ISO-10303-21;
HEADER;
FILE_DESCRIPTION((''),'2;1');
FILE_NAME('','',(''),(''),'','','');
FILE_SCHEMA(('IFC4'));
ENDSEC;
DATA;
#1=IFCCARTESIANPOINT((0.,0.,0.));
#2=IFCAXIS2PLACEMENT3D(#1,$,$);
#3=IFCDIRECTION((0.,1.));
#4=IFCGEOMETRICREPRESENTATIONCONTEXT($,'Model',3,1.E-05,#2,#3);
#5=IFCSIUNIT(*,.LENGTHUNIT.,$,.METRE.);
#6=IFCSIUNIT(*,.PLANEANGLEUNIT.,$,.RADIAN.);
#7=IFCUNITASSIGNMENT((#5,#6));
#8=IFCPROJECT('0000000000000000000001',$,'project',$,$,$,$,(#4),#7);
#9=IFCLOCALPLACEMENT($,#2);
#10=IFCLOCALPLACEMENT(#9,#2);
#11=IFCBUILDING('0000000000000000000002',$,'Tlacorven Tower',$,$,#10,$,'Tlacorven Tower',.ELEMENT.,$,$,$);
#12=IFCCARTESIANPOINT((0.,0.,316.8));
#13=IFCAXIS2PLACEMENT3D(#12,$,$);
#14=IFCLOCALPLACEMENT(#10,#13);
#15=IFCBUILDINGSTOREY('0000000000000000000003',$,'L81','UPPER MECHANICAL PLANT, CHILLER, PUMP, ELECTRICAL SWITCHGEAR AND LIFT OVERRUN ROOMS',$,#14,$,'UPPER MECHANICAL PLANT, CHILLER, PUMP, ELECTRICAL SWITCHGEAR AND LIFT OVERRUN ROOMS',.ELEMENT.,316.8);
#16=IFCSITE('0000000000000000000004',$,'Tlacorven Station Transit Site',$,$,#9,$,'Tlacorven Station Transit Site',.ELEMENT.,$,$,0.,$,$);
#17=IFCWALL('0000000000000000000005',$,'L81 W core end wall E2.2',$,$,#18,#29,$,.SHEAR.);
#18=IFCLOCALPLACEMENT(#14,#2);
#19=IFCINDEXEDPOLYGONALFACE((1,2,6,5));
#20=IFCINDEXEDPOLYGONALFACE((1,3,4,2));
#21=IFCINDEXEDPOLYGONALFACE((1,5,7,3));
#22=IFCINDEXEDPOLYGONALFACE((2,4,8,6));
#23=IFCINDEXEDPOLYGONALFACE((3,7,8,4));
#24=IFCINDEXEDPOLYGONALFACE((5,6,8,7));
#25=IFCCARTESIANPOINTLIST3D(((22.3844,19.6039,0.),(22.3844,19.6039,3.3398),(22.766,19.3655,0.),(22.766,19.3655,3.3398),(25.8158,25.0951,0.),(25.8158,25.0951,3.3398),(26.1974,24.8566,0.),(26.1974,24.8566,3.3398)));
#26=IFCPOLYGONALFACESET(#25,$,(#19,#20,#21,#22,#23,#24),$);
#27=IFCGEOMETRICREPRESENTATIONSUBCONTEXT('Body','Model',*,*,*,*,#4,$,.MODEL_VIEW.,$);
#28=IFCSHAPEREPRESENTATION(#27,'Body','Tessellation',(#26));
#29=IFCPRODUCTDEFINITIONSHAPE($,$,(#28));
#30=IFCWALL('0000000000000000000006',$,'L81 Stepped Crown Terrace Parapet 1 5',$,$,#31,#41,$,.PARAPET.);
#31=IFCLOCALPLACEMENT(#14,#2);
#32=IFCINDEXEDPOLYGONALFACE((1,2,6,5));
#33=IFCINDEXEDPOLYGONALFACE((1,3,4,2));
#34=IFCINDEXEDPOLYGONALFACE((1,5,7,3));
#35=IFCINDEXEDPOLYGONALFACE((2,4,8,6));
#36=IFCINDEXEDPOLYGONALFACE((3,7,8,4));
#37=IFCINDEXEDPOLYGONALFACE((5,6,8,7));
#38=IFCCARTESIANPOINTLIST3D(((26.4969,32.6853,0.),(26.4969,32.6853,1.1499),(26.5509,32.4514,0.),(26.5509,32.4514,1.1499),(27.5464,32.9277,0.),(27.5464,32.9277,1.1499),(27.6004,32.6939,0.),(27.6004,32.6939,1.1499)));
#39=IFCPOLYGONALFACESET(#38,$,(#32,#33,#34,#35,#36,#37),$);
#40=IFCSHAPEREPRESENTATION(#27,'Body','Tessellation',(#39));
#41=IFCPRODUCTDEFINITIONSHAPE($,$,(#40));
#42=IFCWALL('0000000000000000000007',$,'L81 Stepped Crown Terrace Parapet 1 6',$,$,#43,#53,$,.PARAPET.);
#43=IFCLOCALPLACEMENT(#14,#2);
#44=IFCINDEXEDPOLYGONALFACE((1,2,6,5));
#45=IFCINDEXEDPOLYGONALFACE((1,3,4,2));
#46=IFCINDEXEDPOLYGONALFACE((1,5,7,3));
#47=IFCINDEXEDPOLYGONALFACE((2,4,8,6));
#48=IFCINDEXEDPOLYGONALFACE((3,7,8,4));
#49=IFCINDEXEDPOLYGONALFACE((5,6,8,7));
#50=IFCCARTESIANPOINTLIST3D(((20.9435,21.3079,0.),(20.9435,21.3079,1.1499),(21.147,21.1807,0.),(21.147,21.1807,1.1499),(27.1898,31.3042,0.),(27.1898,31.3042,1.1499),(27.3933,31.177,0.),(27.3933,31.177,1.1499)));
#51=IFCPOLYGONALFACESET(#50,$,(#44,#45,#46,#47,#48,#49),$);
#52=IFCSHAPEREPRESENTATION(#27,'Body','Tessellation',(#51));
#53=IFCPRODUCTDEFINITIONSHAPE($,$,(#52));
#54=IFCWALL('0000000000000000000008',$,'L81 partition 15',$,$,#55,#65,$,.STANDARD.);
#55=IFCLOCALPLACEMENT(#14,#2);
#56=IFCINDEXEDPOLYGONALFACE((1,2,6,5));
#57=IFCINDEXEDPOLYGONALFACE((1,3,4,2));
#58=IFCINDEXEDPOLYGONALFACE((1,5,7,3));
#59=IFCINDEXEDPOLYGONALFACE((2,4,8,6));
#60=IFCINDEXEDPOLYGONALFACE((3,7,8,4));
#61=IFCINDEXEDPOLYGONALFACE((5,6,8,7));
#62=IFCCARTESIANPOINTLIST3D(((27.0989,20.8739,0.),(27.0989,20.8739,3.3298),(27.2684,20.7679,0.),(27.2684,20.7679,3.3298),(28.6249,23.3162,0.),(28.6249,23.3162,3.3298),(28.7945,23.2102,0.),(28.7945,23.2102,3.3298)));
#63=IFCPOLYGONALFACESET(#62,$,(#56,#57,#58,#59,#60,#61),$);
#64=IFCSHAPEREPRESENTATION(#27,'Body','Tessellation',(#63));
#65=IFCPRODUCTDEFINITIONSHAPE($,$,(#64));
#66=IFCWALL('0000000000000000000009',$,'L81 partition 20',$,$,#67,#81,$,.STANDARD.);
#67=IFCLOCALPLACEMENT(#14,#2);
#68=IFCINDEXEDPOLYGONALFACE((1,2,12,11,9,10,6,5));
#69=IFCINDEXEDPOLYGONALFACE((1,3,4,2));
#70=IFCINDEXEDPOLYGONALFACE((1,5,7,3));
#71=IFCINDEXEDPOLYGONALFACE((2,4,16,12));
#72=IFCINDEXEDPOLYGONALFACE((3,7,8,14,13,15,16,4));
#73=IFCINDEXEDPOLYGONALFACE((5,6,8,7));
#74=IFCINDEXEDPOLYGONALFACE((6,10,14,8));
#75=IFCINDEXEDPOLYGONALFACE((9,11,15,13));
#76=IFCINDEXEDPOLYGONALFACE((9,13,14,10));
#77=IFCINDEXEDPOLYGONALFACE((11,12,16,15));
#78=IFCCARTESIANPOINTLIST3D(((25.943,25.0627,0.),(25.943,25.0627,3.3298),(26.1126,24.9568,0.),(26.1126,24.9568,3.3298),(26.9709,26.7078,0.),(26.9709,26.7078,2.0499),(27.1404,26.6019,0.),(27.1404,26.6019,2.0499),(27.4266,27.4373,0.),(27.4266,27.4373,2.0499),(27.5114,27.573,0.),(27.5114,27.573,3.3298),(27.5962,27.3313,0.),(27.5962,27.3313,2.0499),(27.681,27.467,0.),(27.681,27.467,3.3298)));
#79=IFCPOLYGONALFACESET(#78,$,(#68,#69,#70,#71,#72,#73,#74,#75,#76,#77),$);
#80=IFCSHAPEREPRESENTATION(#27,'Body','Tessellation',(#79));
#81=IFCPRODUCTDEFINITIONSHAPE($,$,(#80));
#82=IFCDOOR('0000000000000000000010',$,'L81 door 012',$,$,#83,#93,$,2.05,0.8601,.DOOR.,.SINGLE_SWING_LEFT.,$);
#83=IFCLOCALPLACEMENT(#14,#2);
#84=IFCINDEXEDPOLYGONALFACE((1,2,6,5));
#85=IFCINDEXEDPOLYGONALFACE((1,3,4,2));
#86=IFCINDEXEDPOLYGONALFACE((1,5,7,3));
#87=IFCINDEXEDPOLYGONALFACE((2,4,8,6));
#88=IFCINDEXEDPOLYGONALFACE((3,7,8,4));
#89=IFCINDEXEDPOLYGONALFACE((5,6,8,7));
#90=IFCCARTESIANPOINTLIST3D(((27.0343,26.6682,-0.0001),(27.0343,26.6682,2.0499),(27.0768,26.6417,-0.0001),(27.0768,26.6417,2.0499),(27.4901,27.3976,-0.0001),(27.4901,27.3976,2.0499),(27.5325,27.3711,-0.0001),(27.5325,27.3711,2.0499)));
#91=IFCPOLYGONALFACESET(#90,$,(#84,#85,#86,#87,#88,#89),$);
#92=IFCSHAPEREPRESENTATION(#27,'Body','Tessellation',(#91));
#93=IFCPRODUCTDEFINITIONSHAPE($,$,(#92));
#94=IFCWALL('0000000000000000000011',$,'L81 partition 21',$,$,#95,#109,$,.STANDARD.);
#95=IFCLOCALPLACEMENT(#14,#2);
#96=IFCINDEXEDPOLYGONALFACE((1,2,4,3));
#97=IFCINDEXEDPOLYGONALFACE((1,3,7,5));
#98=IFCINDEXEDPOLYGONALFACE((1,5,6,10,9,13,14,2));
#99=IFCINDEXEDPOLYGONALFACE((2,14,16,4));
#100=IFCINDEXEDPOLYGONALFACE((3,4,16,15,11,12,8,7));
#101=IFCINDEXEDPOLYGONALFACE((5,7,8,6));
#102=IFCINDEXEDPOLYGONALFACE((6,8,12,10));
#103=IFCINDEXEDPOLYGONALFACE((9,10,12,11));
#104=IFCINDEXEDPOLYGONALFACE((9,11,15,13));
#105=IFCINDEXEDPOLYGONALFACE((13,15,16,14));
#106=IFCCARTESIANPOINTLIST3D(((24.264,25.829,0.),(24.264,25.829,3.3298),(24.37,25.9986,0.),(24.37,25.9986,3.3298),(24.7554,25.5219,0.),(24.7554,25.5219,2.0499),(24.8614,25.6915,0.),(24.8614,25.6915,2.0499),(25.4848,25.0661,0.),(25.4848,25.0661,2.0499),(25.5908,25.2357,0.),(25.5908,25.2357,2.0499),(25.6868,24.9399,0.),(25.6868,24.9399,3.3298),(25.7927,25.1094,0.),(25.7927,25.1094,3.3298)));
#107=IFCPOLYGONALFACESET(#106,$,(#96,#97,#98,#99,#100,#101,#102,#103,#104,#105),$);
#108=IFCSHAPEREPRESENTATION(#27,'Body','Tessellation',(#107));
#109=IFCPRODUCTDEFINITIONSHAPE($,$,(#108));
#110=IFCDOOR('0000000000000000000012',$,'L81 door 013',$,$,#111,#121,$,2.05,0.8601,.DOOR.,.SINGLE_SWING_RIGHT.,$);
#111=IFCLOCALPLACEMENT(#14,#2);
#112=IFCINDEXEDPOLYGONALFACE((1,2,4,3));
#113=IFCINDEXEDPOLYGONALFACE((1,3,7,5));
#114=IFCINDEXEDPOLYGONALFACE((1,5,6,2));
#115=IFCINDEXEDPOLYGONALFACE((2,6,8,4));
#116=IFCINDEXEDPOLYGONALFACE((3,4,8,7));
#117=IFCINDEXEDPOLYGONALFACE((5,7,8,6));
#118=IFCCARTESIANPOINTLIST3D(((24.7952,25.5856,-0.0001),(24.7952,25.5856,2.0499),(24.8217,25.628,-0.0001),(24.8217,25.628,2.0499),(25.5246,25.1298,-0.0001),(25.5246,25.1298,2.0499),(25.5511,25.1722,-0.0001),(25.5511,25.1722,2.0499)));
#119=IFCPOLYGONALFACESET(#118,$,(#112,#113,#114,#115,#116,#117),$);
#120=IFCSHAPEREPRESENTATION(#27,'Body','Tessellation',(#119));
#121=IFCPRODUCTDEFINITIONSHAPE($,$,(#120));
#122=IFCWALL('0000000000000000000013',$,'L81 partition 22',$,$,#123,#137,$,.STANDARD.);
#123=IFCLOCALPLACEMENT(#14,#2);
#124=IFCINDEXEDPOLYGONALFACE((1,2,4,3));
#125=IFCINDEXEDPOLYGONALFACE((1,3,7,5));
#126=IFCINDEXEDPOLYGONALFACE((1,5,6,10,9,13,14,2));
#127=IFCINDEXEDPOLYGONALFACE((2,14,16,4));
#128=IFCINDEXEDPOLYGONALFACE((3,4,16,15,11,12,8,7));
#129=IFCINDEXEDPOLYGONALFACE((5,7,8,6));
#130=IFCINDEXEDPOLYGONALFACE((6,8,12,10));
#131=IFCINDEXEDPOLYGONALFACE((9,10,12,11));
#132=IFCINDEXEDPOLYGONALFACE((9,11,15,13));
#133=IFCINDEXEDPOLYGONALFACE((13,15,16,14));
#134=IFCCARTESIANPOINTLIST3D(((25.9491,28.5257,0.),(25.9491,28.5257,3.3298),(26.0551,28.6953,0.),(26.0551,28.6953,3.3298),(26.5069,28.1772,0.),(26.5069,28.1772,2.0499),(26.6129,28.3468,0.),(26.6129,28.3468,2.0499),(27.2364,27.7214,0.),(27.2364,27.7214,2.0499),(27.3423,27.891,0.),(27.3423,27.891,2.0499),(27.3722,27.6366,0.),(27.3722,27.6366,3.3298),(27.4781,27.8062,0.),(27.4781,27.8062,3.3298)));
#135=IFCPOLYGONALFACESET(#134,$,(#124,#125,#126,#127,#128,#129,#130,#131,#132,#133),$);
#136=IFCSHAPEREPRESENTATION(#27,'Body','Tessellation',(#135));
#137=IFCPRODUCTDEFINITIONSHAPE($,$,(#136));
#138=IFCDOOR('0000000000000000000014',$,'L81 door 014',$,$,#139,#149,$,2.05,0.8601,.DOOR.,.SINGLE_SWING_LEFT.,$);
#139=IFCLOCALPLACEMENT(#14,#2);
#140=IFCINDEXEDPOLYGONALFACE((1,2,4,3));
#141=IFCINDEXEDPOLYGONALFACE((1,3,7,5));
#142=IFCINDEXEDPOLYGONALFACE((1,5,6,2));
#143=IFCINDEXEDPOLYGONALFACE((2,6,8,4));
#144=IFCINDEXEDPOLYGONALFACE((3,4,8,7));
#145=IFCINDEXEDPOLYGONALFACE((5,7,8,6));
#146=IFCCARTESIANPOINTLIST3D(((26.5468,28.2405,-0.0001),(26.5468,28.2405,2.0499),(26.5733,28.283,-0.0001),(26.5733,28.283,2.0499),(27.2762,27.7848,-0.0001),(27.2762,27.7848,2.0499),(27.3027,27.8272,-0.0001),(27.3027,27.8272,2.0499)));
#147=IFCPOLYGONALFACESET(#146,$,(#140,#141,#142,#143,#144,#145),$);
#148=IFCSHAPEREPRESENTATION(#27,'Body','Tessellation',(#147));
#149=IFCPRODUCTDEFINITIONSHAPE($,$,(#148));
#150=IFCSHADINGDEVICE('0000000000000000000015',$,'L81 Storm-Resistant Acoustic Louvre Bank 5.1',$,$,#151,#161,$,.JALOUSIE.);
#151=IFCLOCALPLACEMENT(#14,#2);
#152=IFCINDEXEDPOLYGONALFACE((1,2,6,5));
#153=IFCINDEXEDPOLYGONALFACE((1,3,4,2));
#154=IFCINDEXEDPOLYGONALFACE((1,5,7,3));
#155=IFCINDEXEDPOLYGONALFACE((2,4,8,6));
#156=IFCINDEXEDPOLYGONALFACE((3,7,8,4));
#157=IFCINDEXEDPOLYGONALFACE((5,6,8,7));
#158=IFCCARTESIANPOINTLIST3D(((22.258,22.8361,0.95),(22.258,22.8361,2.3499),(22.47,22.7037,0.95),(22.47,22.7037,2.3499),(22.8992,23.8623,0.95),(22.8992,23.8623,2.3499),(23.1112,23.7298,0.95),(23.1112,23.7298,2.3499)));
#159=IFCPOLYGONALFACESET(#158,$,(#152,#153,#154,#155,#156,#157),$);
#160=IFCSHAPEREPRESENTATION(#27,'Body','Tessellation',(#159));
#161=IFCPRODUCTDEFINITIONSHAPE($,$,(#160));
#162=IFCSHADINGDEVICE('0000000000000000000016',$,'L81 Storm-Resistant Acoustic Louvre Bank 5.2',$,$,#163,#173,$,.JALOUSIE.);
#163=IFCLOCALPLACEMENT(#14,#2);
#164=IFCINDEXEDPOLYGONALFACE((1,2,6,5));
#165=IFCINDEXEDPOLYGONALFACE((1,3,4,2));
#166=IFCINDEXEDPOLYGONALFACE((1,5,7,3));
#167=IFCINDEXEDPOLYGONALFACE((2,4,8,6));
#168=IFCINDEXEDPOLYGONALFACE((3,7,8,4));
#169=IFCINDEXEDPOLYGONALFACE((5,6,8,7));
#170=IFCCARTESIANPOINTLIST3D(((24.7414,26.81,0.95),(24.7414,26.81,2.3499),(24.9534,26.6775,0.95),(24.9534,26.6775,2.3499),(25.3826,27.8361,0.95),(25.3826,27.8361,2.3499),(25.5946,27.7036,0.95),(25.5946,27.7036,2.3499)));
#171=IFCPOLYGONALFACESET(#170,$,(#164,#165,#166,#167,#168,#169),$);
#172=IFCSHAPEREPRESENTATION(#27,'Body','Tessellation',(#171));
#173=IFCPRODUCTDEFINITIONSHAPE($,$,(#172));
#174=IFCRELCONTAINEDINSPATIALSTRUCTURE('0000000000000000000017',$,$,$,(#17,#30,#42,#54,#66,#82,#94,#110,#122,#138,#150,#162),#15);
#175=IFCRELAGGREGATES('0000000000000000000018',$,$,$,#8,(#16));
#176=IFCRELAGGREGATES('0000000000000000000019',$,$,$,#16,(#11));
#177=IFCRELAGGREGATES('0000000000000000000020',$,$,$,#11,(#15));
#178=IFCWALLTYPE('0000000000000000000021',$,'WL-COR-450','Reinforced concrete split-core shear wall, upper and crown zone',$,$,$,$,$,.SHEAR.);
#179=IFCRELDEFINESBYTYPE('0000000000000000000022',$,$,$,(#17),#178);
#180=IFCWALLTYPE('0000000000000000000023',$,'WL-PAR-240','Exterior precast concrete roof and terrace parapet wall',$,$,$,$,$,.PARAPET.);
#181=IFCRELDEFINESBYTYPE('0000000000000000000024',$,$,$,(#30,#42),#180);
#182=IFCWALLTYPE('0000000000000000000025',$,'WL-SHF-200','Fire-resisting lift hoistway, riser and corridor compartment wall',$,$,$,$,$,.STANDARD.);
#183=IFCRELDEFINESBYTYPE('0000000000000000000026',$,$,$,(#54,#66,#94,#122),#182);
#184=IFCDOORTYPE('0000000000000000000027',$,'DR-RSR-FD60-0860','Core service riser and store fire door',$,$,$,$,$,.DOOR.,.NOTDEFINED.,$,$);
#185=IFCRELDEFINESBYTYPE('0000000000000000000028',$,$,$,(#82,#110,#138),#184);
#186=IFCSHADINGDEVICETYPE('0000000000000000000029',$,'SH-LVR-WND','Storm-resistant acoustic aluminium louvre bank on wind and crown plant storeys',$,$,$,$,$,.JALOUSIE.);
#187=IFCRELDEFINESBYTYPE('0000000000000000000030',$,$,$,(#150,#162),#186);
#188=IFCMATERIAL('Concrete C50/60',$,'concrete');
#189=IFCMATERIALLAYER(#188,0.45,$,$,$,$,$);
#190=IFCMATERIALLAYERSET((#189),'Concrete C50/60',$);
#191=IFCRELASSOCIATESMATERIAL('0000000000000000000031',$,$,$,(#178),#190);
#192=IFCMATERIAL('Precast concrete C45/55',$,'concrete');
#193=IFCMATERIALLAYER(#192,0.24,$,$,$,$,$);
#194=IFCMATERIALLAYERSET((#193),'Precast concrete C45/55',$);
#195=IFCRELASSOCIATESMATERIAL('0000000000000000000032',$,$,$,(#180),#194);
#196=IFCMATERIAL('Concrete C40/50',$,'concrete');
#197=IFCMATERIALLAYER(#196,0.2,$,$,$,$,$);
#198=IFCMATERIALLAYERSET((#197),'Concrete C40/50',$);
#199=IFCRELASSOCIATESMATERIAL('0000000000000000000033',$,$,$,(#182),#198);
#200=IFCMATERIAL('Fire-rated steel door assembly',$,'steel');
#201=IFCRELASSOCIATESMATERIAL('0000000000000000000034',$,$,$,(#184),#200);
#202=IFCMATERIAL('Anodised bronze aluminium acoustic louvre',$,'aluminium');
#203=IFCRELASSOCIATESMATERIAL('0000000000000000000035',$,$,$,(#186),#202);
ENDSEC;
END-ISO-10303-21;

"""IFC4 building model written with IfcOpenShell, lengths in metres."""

from ifc_helpers import new_model, si_unit, direction, frame, frame_2d, origin, origin_2d, place, context, subcontext, project, spatial, rectangle, extrude, source, transform, mapped, material, layer, layer_set, type_object, element, fill, save


model = new_model("IFC4")

# Units and contexts
model_context = context("Model", 3, precision=1e-05, world=origin(), true_north=direction((0.0, 1.0)))
body_context = subcontext(model_context, "Body", "Model", "MODEL_VIEW")
ifc_project = project(units=[si_unit("LENGTHUNIT", "METRE"), si_unit("PLANEANGLEUNIT", "RADIAN")], contexts=[model_context])

# Site, building, storey
site_placement = place(None, origin())
site = spatial("IfcSite", under=ifc_project, at=site_placement, Name="Tlacorven Station Transit Site", LongName="Tlacorven Station Transit Site", CompositionType="ELEMENT", RefElevation=0.0)
building_placement = place(site_placement, origin())
building = spatial("IfcBuilding", under=site, at=building_placement, Name="Tlacorven Tower", LongName="Tlacorven Tower", CompositionType="ELEMENT")
storey_placement = place(building_placement, frame((0.0, 0.0, 316.8)))
storey = spatial("IfcBuildingStorey", under=building, at=storey_placement, Name="L81", Description="UPPER MECHANICAL PLANT, CHILLER, PUMP, ELECTRICAL SWITCHGEAR AND LIFT OVERRUN ROOMS", LongName="UPPER MECHANICAL PLANT, CHILLER, PUMP, ELECTRICAL SWITCHGEAR AND LIFT OVERRUN ROOMS", CompositionType="ELEMENT", Elevation=316.8)

# Walls
ifc_material_1 = material(Name="Concrete C50/60", Category="concrete")
ifc_layer_1 = layer(ifc_material_1, 0.45)
ifc_layer_set_1 = layer_set([ifc_layer_1], Name="Concrete C50/60")
wall_type_1 = type_object("IfcWallType", Name="WL-COR-450", Description="Reinforced concrete split-core shear wall, upper and crown zone", PredefinedType="SHEAR", material=ifc_layer_set_1)
wall_1_placement = place(storey_placement, frame((26.0066, 24.9758, 0.0), z_axis=(0.0, 0.0, 1.0), x_axis=(-0.529931, -0.848041, 0.0)))
element("IfcWall", 1, at=wall_1_placement, inside=storey, type_object=wall_type_1, Name="L81 W core end wall E2.2", PredefinedType="SHEAR", context=body_context, shape_type="SweptSolid", body=[
    extrude(rectangle(XDim=6.4751, YDim=0.45, at=frame_2d((3.2375, 0.0))), origin(), (0.0, 0.0, 1.0), 3.3398),
])
ifc_material_2 = material(Name="Precast concrete C45/55", Category="concrete")
ifc_layer_2 = layer(ifc_material_2, 0.24)
ifc_layer_set_2 = layer_set([ifc_layer_2], Name="Precast concrete C45/55")
wall_type_2 = type_object("IfcWallType", Name="WL-PAR-240", Description="Exterior precast concrete roof and terrace parapet wall", PredefinedType="PARAPET", material=ifc_layer_set_2)
wall_2_placement = place(storey_placement, frame((26.5239, 32.5684, 0.0), z_axis=(0.0, 0.0, 1.0), x_axis=(0.974345, 0.225058, 0.0)))
element("IfcWall", 2, at=wall_2_placement, inside=storey, type_object=wall_type_2, Name="L81 Stepped Crown Terrace Parapet 1 5", PredefinedType="PARAPET", context=body_context, shape_type="SweptSolid", body=[
    extrude(rectangle(XDim=1.0771, YDim=0.24, at=frame_2d((0.5386, 0.0))), origin(), (0.0, 0.0, 1.0), 1.1499),
])
wall_3_placement = place(storey_placement, frame((27.2915, 31.2405, 0.0), z_axis=(0.0, 0.0, 1.0), x_axis=(-0.529915, -0.848051, 0.0)))
element("IfcWall", 3, at=wall_3_placement, inside=storey, type_object=wall_type_2, Name="L81 Stepped Crown Terrace Parapet 1 6", PredefinedType="PARAPET", context=body_context, shape_type="SweptSolid", body=[
    extrude(rectangle(XDim=11.7874, YDim=0.24, at=frame_2d((5.8936, 0.0))), origin(), (0.0, 0.0, 1.0), 1.1499),
])
ifc_material_3 = material(Name="Concrete C40/50", Category="concrete")
ifc_layer_3 = layer(ifc_material_3, 0.2)
ifc_layer_set_3 = layer_set([ifc_layer_3], Name="Concrete C40/50")
wall_type_3 = type_object("IfcWallType", Name="WL-SHF-200", Description="Fire-resisting lift hoistway, riser and corridor compartment wall", PredefinedType="STANDARD", material=ifc_layer_set_3)
wall_4_placement = place(storey_placement, frame((28.7097, 23.2632, 0.0), z_axis=(0.0, 0.0, 1.0), x_axis=(-0.529907, -0.848055, 0.0)))
element("IfcWall", 4, at=wall_4_placement, inside=storey, type_object=wall_type_3, Name="L81 partition 15", PredefinedType="STANDARD", context=body_context, shape_type="SweptSolid", body=[
    extrude(rectangle(XDim=2.8799, YDim=0.2, at=frame_2d((1.4399, 0.0))), origin(), (0.0, 0.0, 1.0), 3.3298),
])

# Walls, openings, doors
wall_5_placement = place(storey_placement, frame((27.5962, 27.52, 0.0), z_axis=(0.0, 0.0, 1.0), x_axis=(-0.529865, -0.848082, 0.0)))
wall_5 = element("IfcWall", 5, at=wall_5_placement, inside=storey, type_object=wall_type_3, Name="L81 partition 20", PredefinedType="STANDARD", context=body_context, shape_type="SweptSolid", body=[
    extrude(rectangle(XDim=2.96, YDim=0.2, at=frame_2d((1.48, 0.0))), origin(), (0.0, 0.0, 1.0), 3.3298),
])
opening_1_placement = place(wall_5_placement, frame((0.1599, 0.0, 0.0)))
opening_1 = element("IfcOpeningElement", 6, at=opening_1_placement, cuts=wall_5, PredefinedType="OPENING", context=body_context, shape_type="SweptSolid", body=[
    extrude(rectangle(XDim=0.8601, YDim=2.05, at=frame_2d((0.4302, 1.0249))), frame((0.0, 0.1099, 0.0), z_axis=(0.0, -1.0, 0.0), x_axis=(1.0, 0.0, 0.0)), (0.0, 0.0, 1.0), 0.22),
])
ifc_material_4 = material(Name="Fire-rated steel door assembly", Category="steel")
door_type = type_object("IfcDoorType", Name="DR-RSR-FD60-0860", Description="Core service riser and store fire door", OperationType="NOTDEFINED", PredefinedType="DOOR", material=ifc_material_4)
shared_shape_1 = source(origin(), body_context, "Body", "SweptSolid", [
    extrude(rectangle(XDim=0.8601, YDim=2.05, at=frame_2d((0.4302, 1.0249))), frame((0.0, 0.0249, 0.0), z_axis=(0.0, -1.0, 0.0), x_axis=(1.0, 0.0, 0.0)), (0.0, 0.0, 1.0), 0.05),
])
door_1_placement = place(opening_1_placement, origin())
door_1 = element("IfcDoor", 7, at=door_1_placement, inside=storey, type_object=door_type, Name="L81 door 012", OperationType="SINGLE_SWING_LEFT", OverallHeight=2.05, OverallWidth=0.8601, PredefinedType="DOOR", context=body_context, shape_type="MappedRepresentation", body=[
    mapped(shared_shape_1, transform((0.0, 0.0, 0.0), scale=1.0)),
])
fill(opening_1, door_1)
wall_6_placement = place(storey_placement, frame((25.7397, 25.0247, 0.0), z_axis=(0.0, 0.0, 1.0), x_axis=(-0.848031, 0.529947, 0.0)))
wall_6 = element("IfcWall", 8, at=wall_6_placement, inside=storey, type_object=wall_type_3, Name="L81 partition 21", PredefinedType="STANDARD", context=body_context, shape_type="SweptSolid", body=[
    extrude(rectangle(XDim=1.6777, YDim=0.2, at=frame_2d((0.8389, 0.0))), origin(), (0.0, 0.0, 1.0), 3.3298),
])
opening_2_placement = place(wall_6_placement, frame((0.238, 0.0, 0.0)))
opening_2 = element("IfcOpeningElement", 9, at=opening_2_placement, cuts=wall_6, PredefinedType="OPENING", context=body_context, shape_type="SweptSolid", body=[
    extrude(rectangle(XDim=0.8601, YDim=2.05, at=frame_2d((0.4302, 1.0249))), frame((0.0, 0.1099, 0.0), z_axis=(0.0, -1.0, 0.0), x_axis=(1.0, 0.0, 0.0)), (0.0, 0.0, 1.0), 0.22),
])
door_2_placement = place(opening_2_placement, origin())
door_2 = element("IfcDoor", 10, at=door_2_placement, inside=storey, type_object=door_type, Name="L81 door 013", OperationType="SINGLE_SWING_RIGHT", OverallHeight=2.05, OverallWidth=0.8601, PredefinedType="DOOR", context=body_context, shape_type="MappedRepresentation", body=[
    mapped(shared_shape_1, transform((0.0, 0.0, 0.0), scale=1.0)),
])
fill(opening_2, door_2)
wall_7_placement = place(storey_placement, frame((27.425, 27.7214, 0.0), z_axis=(0.0, 0.0, 1.0), x_axis=(-0.848072, 0.529881, 0.0)))
wall_7 = element("IfcWall", 11, at=wall_7_placement, inside=storey, type_object=wall_type_3, Name="L81 partition 22", PredefinedType="STANDARD", context=body_context, shape_type="SweptSolid", body=[
    extrude(rectangle(XDim=1.678, YDim=0.2, at=frame_2d((0.8389, 0.0))), origin(), (0.0, 0.0, 1.0), 3.3298),
])
opening_3_placement = place(wall_7_placement, frame((0.1599, 0.0, 0.0)))
opening_3 = element("IfcOpeningElement", 12, at=opening_3_placement, cuts=wall_7, PredefinedType="OPENING", context=body_context, shape_type="SweptSolid", body=[
    extrude(rectangle(XDim=0.8601, YDim=2.05, at=frame_2d((0.4302, 1.0249))), frame((0.0, 0.1099, 0.0), z_axis=(0.0, -1.0, 0.0), x_axis=(1.0, 0.0, 0.0)), (0.0, 0.0, 1.0), 0.22),
])
door_3_placement = place(opening_3_placement, frame((0.8601, 0.0, 0.0), z_axis=(0.0, 0.0, 1.0), x_axis=(-1.0, 0.0, 0.0)))
door_3 = element("IfcDoor", 13, at=door_3_placement, inside=storey, type_object=door_type, Name="L81 door 014", OperationType="SINGLE_SWING_LEFT", OverallHeight=2.05, OverallWidth=0.8601, PredefinedType="DOOR", context=body_context, shape_type="MappedRepresentation", body=[
    mapped(shared_shape_1, transform((0.0, 0.0, 0.0), scale=1.0)),
])
fill(opening_3, door_3)

# Shading devices
ifc_material_5 = material(Name="Anodised bronze aluminium acoustic louvre", Category="aluminium")
shading_device_type = type_object("IfcShadingDeviceType", Name="SH-LVR-WND", Description="Storm-resistant acoustic aluminium louvre bank on wind and crown plant storeys", PredefinedType="JALOUSIE", material=ifc_material_5)
shared_shape_2 = source(origin(), body_context, "Body", "SweptSolid", [
    extrude(rectangle(XDim=1.21, YDim=0.25, at=origin_2d()), origin(), (0.0, 0.0, 1.0), 1.3999),
])
for number, where, z_axis, x_axis, name in (
    (14, (22.6846, 23.283, 0.95), (0.0, 0.0, 1.0), (0.52992, 0.848048, 0.0), "L81 Storm-Resistant Acoustic Louvre Bank 5.1"),
    (15, (25.168, 27.2568, 0.95), (0.0, 0.0, 1.0), (0.52992, 0.848048, 0.0), "L81 Storm-Resistant Acoustic Louvre Bank 5.2"),
):
    element("IfcShadingDevice", number, at=place(storey_placement, frame(where, z_axis=z_axis, x_axis=x_axis)), inside=storey, type_object=shading_device_type, Name=name, PredefinedType="JALOUSIE", context=body_context, shape_type="MappedRepresentation", body=[
        mapped(shared_shape_2, transform((0.0, 0.0, 0.0), scale=1.0)),
    ])

save(model, "model.ifc")
